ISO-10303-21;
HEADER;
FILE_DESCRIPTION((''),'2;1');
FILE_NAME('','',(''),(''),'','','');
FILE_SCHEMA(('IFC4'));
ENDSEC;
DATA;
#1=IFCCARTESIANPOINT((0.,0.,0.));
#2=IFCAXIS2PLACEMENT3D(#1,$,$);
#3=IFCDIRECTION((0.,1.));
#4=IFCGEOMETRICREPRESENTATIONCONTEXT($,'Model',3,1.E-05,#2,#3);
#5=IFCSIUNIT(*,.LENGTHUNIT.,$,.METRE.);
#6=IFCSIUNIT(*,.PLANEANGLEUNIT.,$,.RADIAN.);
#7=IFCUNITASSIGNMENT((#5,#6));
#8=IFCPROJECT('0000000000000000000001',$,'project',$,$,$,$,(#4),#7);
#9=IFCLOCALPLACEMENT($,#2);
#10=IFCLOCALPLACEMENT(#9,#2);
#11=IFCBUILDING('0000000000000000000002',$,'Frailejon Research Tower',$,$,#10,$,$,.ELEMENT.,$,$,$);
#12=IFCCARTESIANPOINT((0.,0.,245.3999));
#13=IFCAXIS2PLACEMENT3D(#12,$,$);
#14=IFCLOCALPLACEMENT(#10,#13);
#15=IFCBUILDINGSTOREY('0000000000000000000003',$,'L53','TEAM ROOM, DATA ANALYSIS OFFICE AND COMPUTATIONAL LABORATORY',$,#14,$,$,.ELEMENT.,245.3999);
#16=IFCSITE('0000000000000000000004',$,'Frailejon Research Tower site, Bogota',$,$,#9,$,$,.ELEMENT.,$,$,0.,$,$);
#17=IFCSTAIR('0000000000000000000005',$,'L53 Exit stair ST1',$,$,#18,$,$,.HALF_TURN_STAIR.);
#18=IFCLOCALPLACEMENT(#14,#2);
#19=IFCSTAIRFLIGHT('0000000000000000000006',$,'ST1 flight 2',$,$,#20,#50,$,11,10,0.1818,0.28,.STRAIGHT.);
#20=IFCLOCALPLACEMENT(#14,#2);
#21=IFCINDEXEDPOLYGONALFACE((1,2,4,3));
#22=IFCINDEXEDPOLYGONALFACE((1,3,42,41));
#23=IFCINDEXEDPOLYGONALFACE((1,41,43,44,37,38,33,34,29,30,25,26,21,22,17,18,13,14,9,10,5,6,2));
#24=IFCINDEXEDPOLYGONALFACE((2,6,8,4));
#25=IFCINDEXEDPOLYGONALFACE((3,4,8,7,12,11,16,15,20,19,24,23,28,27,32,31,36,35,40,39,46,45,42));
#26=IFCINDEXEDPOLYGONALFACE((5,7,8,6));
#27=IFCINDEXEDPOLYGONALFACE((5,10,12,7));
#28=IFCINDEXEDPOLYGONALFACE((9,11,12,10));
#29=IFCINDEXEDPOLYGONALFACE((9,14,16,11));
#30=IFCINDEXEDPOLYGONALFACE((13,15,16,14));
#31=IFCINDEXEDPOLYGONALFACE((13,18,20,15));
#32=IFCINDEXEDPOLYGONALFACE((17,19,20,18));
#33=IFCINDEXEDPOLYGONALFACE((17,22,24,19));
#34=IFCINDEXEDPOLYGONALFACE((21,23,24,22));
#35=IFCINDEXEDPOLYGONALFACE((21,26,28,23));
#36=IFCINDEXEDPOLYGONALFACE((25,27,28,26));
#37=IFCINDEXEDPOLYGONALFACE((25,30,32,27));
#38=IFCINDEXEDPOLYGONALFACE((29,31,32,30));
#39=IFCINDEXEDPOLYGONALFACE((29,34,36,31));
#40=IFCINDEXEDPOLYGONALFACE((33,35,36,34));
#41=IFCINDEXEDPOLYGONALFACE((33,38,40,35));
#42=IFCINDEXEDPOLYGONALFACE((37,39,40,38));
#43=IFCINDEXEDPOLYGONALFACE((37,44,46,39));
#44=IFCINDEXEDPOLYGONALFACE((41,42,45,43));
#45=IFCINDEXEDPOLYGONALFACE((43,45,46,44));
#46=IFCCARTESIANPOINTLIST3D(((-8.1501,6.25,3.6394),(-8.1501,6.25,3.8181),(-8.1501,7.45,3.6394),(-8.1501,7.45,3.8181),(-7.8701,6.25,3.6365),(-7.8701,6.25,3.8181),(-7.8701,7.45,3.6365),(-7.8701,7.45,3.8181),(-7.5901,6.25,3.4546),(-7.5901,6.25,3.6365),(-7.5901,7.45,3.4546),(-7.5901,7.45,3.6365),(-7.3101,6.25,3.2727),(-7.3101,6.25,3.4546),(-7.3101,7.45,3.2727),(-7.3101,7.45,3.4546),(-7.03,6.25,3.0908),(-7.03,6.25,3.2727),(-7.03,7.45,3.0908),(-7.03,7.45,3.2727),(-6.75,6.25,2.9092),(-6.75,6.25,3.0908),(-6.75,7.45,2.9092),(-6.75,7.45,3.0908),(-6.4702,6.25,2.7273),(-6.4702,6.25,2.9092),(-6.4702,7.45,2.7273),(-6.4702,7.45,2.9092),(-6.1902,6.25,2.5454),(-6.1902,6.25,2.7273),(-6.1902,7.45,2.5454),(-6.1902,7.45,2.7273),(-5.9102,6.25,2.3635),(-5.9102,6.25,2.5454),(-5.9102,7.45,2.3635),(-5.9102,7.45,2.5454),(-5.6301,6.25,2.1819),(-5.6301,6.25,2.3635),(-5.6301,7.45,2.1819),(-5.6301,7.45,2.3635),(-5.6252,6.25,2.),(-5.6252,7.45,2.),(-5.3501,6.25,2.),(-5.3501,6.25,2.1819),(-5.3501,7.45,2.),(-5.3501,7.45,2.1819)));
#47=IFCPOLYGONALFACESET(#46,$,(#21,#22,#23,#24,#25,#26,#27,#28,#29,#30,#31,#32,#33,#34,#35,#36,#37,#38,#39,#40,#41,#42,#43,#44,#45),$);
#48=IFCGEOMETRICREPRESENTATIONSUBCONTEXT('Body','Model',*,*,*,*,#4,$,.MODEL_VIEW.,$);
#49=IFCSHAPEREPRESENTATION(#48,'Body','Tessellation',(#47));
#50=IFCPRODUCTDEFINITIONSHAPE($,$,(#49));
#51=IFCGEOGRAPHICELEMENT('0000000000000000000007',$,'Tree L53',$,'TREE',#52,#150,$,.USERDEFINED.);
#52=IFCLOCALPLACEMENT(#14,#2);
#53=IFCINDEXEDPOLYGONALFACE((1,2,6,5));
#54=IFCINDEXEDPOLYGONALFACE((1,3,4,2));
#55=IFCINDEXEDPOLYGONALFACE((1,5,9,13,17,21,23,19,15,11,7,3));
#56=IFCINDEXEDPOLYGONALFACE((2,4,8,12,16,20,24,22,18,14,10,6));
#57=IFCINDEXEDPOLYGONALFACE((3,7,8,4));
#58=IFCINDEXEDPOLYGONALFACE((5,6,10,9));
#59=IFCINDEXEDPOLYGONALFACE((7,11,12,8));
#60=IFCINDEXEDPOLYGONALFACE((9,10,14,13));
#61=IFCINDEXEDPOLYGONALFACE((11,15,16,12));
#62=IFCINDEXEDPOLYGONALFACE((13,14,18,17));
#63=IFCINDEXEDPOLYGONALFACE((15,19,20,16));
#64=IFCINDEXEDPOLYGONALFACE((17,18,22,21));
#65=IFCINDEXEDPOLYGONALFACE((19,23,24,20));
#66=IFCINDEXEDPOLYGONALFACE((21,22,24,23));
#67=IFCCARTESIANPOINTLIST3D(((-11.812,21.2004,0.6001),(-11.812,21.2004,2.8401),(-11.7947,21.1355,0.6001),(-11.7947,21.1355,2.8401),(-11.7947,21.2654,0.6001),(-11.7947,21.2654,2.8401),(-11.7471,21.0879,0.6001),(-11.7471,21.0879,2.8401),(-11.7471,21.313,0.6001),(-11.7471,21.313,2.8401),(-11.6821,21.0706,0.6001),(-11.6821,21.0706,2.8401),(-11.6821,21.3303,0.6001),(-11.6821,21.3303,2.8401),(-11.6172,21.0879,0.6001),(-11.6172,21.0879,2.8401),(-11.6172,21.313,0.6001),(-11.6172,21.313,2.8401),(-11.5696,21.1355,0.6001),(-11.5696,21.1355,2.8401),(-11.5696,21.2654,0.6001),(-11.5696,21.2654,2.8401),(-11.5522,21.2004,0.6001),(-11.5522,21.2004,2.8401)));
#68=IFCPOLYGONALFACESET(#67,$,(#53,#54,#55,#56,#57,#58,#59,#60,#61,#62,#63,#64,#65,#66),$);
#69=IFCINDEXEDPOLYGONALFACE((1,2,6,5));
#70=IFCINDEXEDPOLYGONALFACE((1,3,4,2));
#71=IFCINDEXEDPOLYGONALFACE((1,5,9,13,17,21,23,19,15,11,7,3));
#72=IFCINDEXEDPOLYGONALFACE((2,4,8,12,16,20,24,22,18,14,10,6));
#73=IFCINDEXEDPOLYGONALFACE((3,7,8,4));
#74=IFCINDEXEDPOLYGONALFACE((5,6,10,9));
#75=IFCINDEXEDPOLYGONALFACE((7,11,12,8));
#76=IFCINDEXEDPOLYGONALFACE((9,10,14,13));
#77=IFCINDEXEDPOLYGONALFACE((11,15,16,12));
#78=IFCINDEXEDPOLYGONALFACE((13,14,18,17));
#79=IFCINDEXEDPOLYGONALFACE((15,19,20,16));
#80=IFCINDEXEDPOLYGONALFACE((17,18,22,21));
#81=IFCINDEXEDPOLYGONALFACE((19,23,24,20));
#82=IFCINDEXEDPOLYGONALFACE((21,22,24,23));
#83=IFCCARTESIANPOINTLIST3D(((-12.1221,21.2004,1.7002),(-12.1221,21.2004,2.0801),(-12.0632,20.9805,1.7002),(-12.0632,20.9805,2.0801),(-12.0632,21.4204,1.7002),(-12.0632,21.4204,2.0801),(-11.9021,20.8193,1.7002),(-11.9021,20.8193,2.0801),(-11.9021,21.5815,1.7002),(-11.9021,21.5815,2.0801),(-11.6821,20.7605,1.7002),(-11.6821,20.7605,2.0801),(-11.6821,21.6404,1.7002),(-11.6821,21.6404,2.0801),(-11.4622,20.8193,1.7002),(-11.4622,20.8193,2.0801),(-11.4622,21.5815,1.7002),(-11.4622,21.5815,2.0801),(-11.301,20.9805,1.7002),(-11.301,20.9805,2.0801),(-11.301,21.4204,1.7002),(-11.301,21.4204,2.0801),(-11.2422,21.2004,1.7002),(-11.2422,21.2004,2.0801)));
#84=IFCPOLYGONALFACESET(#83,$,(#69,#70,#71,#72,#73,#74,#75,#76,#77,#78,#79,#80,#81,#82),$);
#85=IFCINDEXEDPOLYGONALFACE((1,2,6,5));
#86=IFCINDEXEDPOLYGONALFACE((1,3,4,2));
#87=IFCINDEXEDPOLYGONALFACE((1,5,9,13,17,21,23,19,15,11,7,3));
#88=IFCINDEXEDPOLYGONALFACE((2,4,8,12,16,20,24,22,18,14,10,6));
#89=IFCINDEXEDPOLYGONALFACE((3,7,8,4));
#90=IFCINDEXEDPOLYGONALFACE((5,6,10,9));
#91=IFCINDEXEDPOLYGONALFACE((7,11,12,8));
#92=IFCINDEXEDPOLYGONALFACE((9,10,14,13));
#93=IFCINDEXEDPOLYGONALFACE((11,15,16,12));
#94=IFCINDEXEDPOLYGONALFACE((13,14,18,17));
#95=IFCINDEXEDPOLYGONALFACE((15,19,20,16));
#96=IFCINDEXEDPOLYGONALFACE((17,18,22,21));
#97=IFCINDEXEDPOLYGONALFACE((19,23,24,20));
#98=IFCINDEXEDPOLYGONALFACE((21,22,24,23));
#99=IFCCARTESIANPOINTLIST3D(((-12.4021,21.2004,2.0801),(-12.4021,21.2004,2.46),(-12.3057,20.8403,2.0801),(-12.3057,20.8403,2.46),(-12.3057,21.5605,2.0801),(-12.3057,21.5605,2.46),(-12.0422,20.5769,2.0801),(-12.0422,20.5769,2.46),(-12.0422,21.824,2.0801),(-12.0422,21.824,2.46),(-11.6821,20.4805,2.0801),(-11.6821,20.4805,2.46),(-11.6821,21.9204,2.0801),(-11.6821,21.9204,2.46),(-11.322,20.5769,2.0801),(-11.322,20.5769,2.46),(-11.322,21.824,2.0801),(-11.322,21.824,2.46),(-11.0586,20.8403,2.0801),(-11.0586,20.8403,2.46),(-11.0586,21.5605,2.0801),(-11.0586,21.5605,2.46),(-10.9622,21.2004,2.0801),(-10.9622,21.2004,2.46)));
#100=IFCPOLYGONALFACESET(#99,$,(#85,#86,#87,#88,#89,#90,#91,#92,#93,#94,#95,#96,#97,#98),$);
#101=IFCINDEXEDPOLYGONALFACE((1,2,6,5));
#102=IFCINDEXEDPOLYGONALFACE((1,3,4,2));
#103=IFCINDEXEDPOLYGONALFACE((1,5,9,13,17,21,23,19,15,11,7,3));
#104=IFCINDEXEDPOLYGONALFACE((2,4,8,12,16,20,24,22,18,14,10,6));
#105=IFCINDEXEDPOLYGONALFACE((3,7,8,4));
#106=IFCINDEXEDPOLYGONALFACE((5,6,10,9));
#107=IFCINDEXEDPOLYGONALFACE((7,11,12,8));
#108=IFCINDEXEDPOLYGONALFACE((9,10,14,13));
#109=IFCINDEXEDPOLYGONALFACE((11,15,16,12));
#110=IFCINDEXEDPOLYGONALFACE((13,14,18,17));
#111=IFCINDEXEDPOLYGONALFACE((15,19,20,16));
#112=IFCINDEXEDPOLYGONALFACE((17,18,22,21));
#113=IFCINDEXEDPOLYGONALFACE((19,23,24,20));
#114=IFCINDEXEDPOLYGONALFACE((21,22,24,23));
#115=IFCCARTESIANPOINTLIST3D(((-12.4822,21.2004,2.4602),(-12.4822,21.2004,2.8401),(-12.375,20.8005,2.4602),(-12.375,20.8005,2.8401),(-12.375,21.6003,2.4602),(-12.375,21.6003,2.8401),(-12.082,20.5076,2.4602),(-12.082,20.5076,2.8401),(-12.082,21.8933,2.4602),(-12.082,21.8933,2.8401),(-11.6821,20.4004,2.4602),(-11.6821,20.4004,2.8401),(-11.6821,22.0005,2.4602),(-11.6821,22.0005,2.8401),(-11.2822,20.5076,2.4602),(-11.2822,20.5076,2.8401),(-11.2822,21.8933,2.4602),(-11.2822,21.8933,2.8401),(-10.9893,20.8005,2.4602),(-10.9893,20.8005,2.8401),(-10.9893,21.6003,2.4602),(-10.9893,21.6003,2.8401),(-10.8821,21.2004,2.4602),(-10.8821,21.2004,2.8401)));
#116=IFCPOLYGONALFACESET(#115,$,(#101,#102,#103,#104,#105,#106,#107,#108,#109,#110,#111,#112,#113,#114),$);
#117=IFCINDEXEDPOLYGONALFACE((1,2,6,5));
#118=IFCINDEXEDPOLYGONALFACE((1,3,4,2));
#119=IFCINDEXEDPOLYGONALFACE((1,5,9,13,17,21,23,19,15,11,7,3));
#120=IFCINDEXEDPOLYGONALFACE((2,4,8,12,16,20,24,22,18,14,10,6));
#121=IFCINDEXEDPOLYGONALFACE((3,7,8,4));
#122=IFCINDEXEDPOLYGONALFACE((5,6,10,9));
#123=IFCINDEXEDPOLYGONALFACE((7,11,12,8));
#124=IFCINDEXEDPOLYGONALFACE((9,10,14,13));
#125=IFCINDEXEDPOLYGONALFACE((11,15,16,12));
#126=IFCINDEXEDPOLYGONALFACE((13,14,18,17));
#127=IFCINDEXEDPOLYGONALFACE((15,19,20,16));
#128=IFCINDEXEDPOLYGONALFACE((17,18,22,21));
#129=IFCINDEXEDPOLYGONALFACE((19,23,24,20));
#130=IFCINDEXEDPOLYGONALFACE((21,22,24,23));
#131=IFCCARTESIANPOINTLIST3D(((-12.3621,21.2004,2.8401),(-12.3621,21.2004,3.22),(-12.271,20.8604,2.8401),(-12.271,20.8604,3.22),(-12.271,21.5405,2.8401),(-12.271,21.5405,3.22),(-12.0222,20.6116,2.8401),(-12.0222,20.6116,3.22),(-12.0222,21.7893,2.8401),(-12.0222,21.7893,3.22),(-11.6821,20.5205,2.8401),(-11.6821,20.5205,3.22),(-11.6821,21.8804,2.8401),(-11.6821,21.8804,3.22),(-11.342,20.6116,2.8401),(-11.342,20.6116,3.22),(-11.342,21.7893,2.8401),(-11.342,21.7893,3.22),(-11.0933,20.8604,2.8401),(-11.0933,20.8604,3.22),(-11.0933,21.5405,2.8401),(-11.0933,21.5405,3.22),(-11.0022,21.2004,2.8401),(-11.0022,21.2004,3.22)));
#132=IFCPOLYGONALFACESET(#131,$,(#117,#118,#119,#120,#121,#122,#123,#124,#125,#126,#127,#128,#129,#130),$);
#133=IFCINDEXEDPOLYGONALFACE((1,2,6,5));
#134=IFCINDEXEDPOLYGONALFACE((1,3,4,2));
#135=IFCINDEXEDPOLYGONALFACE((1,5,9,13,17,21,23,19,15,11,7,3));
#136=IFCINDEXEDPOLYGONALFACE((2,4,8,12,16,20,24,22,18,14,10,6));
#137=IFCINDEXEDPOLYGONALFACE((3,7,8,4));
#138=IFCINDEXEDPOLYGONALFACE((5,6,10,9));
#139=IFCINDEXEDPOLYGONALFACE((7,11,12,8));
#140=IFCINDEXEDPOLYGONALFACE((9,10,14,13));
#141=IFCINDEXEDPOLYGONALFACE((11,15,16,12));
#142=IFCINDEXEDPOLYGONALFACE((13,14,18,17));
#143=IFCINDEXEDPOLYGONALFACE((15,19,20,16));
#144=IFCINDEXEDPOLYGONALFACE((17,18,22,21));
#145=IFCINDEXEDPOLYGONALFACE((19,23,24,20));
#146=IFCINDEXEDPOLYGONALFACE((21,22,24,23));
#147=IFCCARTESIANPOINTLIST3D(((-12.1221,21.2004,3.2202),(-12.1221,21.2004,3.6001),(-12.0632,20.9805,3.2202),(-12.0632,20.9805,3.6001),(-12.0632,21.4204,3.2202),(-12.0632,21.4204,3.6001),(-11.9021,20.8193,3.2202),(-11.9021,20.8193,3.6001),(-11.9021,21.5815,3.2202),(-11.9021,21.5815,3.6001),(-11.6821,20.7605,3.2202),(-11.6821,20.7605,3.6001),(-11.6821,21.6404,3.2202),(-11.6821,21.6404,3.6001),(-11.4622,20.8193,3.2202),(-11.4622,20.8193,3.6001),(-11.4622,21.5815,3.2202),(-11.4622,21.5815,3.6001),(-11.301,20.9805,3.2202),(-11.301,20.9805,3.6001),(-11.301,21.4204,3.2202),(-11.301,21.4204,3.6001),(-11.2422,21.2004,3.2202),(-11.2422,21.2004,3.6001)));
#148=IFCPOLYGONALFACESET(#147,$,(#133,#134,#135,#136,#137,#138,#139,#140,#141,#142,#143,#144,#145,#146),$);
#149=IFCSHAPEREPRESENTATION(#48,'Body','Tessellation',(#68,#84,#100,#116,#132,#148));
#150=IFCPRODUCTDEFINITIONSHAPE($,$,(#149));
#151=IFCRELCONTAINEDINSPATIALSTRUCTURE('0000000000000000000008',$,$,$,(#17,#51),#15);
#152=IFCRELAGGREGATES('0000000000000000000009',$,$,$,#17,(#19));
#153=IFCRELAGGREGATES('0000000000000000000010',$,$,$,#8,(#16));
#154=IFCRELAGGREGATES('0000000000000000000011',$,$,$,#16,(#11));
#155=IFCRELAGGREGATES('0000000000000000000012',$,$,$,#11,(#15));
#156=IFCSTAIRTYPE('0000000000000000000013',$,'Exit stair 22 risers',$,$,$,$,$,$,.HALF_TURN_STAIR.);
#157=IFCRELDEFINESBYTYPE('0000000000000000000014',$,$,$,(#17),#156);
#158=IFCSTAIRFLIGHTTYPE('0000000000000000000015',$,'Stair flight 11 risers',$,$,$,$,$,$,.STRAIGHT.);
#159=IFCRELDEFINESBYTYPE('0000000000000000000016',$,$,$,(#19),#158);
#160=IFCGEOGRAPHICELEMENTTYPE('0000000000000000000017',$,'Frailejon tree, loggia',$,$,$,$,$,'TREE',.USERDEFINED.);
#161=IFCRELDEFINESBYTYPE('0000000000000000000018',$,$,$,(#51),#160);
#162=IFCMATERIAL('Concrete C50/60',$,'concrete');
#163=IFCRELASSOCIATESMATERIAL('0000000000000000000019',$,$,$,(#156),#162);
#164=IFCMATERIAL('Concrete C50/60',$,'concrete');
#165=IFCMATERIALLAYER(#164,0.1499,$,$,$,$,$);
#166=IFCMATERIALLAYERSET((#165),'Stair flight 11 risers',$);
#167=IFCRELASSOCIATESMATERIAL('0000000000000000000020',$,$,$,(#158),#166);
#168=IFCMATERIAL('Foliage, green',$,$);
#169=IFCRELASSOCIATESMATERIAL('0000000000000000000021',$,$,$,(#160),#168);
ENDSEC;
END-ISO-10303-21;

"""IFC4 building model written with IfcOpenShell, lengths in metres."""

from ifc_helpers import new_model, si_unit, direction, frame, origin, place, context, subcontext, project, spatial, polyline, outline, extrude, material, layer, layer_set, type_object, element, aggregate, save


model = new_model("IFC4")

# Units and contexts
model_context = context("Model", 3, precision=1e-05, world=origin(), true_north=direction((0.0, 1.0)))
body_context = subcontext(model_context, "Body", "Model", "MODEL_VIEW")
ifc_project = project(units=[si_unit("LENGTHUNIT", "METRE"), si_unit("PLANEANGLEUNIT", "RADIAN")], contexts=[model_context])

# Site, building, storey
site_placement = place(None, origin())
site = spatial("IfcSite", under=ifc_project, at=site_placement, Name="Frailejon Research Tower site, Bogota", CompositionType="ELEMENT", RefElevation=0.0)
building_placement = place(site_placement, origin())
building = spatial("IfcBuilding", under=site, at=building_placement, Name="Frailejon Research Tower", CompositionType="ELEMENT")
storey_placement = place(building_placement, frame((0.0, 0.0, 245.3999)))
storey = spatial("IfcBuildingStorey", under=building, at=storey_placement, Name="L53", Description="TEAM ROOM, DATA ANALYSIS OFFICE AND COMPUTATIONAL LABORATORY", CompositionType="ELEMENT", Elevation=245.3999)

# Stair, stair flight
ifc_material_1 = material(Name="Concrete C50/60", Category="concrete")
stair_type = type_object("IfcStairType", Name="Exit stair 22 risers", PredefinedType="HALF_TURN_STAIR", material=ifc_material_1)
stair_placement = place(storey_placement, origin())
stair = element("IfcStair", 1, at=stair_placement, inside=storey, type_object=stair_type, Name="L53 Exit stair ST1", PredefinedType="HALF_TURN_STAIR")
ifc_material_2 = material(Name="Concrete C50/60", Category="concrete")
ifc_layer_1 = layer(ifc_material_2, 0.1499)
ifc_layer_set_1 = layer_set([ifc_layer_1], Name="Stair flight 11 risers")
stair_flight_type = type_object("IfcStairFlightType", Name="Stair flight 11 risers", PredefinedType="STRAIGHT", material=ifc_layer_set_1)
stair_flight_1_placement = place(storey_placement, frame((-5.3501, 6.8501, 2.0), z_axis=(0.0, 0.0, 1.0), x_axis=(-1.0, 0.0, 0.0)))
stair_flight_1 = element("IfcStairFlight", 2, at=stair_flight_1_placement, type_object=stair_flight_type, Name="ST1 flight 2", NumberOfRisers=11, NumberOfTreads=10, PredefinedType="STRAIGHT", RiserHeight=0.1818, TreadLength=0.28, context=body_context, shape_type="SweptSolid", body=[
    extrude(outline(polyline([(0.0, 0.0), (0.0, 0.1819), (0.28, 0.1819), (0.28, 0.3635), (0.5601, 0.3635), (0.5601, 0.5454), (0.8401, 0.5454), (0.8401, 0.7273), (1.1201, 0.7273), (1.1201, 0.9092), (1.3999, 0.9092), (1.3999, 1.0908), (1.6799, 1.0908), (1.6799, 1.2727), (1.96, 1.2727), (1.96, 1.4546), (2.24, 1.4546), (2.24, 1.6365), (2.52, 1.6365), (2.52, 1.8181), (2.8, 1.8181), (2.8, 2.0), (2.8, 1.6394), (0.2751, 0.0), (0.0, 0.0)])), frame((0.0, 0.6001, 0.0), z_axis=(0.0, -1.0, 0.0), x_axis=(1.0, 0.0, 0.0)), (0.0, 0.0, 1.0), 1.2),
])
aggregate(stair, [stair_flight_1])

# Geographic element
ifc_material_3 = material(Name="Foliage, green")
geographic_element_type = type_object("IfcGeographicElementType", Name="Frailejon tree, loggia", ElementType="TREE", PredefinedType="USERDEFINED", material=ifc_material_3)
geographic_element_placement = place(storey_placement, frame((-11.6821, 21.2004, 0.6001)))
element("IfcGeographicElement", 3, at=geographic_element_placement, inside=storey, type_object=geographic_element_type, Name="Tree L53", ObjectType="TREE", PredefinedType="USERDEFINED", context=body_context, shape_type="SweptSolid", body=[
    extrude(outline(polyline([(0.1299, 0.0), (0.1125, 0.0649), (0.0649, 0.1125), (0.0, 0.1299), (-0.0649, 0.1125), (-0.1125, 0.0649), (-0.1299, 0.0), (-0.1125, -0.0649), (-0.0649, -0.1125), (0.0, -0.1299), (0.0649, -0.1125), (0.1125, -0.0649), (0.1299, 0.0)])), origin(), (0.0, 0.0, 1.0), 2.24),
    extrude(outline(polyline([(0.4399, 0.0), (0.3811, 0.22), (0.22, 0.3811), (0.0, 0.4399), (-0.22, 0.3811), (-0.3811, 0.22), (-0.4399, 0.0), (-0.3811, -0.22), (-0.22, -0.3811), (0.0, -0.4399), (0.22, -0.3811), (0.3811, -0.22), (0.4399, 0.0)])), frame((0.0, 0.0, 1.1001)), (0.0, 0.0, 1.0), 0.3799),
    extrude(outline(polyline([(0.72, 0.0), (0.6235, 0.3601), (0.3601, 0.6235), (0.0, 0.72), (-0.3601, 0.6235), (-0.6235, 0.3601), (-0.72, 0.0), (-0.6235, -0.3601), (-0.3601, -0.6235), (0.0, -0.72), (0.3601, -0.6235), (0.6235, -0.3601), (0.72, 0.0)])), frame((0.0, 0.0, 1.48)), (0.0, 0.0, 1.0), 0.3799),
    extrude(outline(polyline([(0.8, 0.0), (0.6929, 0.3999), (0.3999, 0.6929), (0.0, 0.8), (-0.3999, 0.6929), (-0.6929, 0.3999), (-0.8, 0.0), (-0.6929, -0.3999), (-0.3999, -0.6929), (0.0, -0.8), (0.3999, -0.6929), (0.6929, -0.3999), (0.8, 0.0)])), frame((0.0, 0.0, 1.8601)), (0.0, 0.0, 1.0), 0.3799),
    extrude(outline(polyline([(0.6799, 0.0), (0.5889, 0.3401), (0.3401, 0.5889), (0.0, 0.6799), (-0.3401, 0.5889), (-0.5889, 0.3401), (-0.6799, 0.0), (-0.5889, -0.3401), (-0.3401, -0.5889), (0.0, -0.6799), (0.3401, -0.5889), (0.5889, -0.3401), (0.6799, 0.0)])), frame((0.0, 0.0, 2.24)), (0.0, 0.0, 1.0), 0.3799),
    extrude(outline(polyline([(0.4399, 0.0), (0.3811, 0.22), (0.22, 0.3811), (0.0, 0.4399), (-0.22, 0.3811), (-0.3811, 0.22), (-0.4399, 0.0), (-0.3811, -0.22), (-0.22, -0.3811), (0.0, -0.4399), (0.22, -0.3811), (0.3811, -0.22), (0.4399, 0.0)])), frame((0.0, 0.0, 2.6201)), (0.0, 0.0, 1.0), 0.3799),
])

save(model, "model.ifc")
